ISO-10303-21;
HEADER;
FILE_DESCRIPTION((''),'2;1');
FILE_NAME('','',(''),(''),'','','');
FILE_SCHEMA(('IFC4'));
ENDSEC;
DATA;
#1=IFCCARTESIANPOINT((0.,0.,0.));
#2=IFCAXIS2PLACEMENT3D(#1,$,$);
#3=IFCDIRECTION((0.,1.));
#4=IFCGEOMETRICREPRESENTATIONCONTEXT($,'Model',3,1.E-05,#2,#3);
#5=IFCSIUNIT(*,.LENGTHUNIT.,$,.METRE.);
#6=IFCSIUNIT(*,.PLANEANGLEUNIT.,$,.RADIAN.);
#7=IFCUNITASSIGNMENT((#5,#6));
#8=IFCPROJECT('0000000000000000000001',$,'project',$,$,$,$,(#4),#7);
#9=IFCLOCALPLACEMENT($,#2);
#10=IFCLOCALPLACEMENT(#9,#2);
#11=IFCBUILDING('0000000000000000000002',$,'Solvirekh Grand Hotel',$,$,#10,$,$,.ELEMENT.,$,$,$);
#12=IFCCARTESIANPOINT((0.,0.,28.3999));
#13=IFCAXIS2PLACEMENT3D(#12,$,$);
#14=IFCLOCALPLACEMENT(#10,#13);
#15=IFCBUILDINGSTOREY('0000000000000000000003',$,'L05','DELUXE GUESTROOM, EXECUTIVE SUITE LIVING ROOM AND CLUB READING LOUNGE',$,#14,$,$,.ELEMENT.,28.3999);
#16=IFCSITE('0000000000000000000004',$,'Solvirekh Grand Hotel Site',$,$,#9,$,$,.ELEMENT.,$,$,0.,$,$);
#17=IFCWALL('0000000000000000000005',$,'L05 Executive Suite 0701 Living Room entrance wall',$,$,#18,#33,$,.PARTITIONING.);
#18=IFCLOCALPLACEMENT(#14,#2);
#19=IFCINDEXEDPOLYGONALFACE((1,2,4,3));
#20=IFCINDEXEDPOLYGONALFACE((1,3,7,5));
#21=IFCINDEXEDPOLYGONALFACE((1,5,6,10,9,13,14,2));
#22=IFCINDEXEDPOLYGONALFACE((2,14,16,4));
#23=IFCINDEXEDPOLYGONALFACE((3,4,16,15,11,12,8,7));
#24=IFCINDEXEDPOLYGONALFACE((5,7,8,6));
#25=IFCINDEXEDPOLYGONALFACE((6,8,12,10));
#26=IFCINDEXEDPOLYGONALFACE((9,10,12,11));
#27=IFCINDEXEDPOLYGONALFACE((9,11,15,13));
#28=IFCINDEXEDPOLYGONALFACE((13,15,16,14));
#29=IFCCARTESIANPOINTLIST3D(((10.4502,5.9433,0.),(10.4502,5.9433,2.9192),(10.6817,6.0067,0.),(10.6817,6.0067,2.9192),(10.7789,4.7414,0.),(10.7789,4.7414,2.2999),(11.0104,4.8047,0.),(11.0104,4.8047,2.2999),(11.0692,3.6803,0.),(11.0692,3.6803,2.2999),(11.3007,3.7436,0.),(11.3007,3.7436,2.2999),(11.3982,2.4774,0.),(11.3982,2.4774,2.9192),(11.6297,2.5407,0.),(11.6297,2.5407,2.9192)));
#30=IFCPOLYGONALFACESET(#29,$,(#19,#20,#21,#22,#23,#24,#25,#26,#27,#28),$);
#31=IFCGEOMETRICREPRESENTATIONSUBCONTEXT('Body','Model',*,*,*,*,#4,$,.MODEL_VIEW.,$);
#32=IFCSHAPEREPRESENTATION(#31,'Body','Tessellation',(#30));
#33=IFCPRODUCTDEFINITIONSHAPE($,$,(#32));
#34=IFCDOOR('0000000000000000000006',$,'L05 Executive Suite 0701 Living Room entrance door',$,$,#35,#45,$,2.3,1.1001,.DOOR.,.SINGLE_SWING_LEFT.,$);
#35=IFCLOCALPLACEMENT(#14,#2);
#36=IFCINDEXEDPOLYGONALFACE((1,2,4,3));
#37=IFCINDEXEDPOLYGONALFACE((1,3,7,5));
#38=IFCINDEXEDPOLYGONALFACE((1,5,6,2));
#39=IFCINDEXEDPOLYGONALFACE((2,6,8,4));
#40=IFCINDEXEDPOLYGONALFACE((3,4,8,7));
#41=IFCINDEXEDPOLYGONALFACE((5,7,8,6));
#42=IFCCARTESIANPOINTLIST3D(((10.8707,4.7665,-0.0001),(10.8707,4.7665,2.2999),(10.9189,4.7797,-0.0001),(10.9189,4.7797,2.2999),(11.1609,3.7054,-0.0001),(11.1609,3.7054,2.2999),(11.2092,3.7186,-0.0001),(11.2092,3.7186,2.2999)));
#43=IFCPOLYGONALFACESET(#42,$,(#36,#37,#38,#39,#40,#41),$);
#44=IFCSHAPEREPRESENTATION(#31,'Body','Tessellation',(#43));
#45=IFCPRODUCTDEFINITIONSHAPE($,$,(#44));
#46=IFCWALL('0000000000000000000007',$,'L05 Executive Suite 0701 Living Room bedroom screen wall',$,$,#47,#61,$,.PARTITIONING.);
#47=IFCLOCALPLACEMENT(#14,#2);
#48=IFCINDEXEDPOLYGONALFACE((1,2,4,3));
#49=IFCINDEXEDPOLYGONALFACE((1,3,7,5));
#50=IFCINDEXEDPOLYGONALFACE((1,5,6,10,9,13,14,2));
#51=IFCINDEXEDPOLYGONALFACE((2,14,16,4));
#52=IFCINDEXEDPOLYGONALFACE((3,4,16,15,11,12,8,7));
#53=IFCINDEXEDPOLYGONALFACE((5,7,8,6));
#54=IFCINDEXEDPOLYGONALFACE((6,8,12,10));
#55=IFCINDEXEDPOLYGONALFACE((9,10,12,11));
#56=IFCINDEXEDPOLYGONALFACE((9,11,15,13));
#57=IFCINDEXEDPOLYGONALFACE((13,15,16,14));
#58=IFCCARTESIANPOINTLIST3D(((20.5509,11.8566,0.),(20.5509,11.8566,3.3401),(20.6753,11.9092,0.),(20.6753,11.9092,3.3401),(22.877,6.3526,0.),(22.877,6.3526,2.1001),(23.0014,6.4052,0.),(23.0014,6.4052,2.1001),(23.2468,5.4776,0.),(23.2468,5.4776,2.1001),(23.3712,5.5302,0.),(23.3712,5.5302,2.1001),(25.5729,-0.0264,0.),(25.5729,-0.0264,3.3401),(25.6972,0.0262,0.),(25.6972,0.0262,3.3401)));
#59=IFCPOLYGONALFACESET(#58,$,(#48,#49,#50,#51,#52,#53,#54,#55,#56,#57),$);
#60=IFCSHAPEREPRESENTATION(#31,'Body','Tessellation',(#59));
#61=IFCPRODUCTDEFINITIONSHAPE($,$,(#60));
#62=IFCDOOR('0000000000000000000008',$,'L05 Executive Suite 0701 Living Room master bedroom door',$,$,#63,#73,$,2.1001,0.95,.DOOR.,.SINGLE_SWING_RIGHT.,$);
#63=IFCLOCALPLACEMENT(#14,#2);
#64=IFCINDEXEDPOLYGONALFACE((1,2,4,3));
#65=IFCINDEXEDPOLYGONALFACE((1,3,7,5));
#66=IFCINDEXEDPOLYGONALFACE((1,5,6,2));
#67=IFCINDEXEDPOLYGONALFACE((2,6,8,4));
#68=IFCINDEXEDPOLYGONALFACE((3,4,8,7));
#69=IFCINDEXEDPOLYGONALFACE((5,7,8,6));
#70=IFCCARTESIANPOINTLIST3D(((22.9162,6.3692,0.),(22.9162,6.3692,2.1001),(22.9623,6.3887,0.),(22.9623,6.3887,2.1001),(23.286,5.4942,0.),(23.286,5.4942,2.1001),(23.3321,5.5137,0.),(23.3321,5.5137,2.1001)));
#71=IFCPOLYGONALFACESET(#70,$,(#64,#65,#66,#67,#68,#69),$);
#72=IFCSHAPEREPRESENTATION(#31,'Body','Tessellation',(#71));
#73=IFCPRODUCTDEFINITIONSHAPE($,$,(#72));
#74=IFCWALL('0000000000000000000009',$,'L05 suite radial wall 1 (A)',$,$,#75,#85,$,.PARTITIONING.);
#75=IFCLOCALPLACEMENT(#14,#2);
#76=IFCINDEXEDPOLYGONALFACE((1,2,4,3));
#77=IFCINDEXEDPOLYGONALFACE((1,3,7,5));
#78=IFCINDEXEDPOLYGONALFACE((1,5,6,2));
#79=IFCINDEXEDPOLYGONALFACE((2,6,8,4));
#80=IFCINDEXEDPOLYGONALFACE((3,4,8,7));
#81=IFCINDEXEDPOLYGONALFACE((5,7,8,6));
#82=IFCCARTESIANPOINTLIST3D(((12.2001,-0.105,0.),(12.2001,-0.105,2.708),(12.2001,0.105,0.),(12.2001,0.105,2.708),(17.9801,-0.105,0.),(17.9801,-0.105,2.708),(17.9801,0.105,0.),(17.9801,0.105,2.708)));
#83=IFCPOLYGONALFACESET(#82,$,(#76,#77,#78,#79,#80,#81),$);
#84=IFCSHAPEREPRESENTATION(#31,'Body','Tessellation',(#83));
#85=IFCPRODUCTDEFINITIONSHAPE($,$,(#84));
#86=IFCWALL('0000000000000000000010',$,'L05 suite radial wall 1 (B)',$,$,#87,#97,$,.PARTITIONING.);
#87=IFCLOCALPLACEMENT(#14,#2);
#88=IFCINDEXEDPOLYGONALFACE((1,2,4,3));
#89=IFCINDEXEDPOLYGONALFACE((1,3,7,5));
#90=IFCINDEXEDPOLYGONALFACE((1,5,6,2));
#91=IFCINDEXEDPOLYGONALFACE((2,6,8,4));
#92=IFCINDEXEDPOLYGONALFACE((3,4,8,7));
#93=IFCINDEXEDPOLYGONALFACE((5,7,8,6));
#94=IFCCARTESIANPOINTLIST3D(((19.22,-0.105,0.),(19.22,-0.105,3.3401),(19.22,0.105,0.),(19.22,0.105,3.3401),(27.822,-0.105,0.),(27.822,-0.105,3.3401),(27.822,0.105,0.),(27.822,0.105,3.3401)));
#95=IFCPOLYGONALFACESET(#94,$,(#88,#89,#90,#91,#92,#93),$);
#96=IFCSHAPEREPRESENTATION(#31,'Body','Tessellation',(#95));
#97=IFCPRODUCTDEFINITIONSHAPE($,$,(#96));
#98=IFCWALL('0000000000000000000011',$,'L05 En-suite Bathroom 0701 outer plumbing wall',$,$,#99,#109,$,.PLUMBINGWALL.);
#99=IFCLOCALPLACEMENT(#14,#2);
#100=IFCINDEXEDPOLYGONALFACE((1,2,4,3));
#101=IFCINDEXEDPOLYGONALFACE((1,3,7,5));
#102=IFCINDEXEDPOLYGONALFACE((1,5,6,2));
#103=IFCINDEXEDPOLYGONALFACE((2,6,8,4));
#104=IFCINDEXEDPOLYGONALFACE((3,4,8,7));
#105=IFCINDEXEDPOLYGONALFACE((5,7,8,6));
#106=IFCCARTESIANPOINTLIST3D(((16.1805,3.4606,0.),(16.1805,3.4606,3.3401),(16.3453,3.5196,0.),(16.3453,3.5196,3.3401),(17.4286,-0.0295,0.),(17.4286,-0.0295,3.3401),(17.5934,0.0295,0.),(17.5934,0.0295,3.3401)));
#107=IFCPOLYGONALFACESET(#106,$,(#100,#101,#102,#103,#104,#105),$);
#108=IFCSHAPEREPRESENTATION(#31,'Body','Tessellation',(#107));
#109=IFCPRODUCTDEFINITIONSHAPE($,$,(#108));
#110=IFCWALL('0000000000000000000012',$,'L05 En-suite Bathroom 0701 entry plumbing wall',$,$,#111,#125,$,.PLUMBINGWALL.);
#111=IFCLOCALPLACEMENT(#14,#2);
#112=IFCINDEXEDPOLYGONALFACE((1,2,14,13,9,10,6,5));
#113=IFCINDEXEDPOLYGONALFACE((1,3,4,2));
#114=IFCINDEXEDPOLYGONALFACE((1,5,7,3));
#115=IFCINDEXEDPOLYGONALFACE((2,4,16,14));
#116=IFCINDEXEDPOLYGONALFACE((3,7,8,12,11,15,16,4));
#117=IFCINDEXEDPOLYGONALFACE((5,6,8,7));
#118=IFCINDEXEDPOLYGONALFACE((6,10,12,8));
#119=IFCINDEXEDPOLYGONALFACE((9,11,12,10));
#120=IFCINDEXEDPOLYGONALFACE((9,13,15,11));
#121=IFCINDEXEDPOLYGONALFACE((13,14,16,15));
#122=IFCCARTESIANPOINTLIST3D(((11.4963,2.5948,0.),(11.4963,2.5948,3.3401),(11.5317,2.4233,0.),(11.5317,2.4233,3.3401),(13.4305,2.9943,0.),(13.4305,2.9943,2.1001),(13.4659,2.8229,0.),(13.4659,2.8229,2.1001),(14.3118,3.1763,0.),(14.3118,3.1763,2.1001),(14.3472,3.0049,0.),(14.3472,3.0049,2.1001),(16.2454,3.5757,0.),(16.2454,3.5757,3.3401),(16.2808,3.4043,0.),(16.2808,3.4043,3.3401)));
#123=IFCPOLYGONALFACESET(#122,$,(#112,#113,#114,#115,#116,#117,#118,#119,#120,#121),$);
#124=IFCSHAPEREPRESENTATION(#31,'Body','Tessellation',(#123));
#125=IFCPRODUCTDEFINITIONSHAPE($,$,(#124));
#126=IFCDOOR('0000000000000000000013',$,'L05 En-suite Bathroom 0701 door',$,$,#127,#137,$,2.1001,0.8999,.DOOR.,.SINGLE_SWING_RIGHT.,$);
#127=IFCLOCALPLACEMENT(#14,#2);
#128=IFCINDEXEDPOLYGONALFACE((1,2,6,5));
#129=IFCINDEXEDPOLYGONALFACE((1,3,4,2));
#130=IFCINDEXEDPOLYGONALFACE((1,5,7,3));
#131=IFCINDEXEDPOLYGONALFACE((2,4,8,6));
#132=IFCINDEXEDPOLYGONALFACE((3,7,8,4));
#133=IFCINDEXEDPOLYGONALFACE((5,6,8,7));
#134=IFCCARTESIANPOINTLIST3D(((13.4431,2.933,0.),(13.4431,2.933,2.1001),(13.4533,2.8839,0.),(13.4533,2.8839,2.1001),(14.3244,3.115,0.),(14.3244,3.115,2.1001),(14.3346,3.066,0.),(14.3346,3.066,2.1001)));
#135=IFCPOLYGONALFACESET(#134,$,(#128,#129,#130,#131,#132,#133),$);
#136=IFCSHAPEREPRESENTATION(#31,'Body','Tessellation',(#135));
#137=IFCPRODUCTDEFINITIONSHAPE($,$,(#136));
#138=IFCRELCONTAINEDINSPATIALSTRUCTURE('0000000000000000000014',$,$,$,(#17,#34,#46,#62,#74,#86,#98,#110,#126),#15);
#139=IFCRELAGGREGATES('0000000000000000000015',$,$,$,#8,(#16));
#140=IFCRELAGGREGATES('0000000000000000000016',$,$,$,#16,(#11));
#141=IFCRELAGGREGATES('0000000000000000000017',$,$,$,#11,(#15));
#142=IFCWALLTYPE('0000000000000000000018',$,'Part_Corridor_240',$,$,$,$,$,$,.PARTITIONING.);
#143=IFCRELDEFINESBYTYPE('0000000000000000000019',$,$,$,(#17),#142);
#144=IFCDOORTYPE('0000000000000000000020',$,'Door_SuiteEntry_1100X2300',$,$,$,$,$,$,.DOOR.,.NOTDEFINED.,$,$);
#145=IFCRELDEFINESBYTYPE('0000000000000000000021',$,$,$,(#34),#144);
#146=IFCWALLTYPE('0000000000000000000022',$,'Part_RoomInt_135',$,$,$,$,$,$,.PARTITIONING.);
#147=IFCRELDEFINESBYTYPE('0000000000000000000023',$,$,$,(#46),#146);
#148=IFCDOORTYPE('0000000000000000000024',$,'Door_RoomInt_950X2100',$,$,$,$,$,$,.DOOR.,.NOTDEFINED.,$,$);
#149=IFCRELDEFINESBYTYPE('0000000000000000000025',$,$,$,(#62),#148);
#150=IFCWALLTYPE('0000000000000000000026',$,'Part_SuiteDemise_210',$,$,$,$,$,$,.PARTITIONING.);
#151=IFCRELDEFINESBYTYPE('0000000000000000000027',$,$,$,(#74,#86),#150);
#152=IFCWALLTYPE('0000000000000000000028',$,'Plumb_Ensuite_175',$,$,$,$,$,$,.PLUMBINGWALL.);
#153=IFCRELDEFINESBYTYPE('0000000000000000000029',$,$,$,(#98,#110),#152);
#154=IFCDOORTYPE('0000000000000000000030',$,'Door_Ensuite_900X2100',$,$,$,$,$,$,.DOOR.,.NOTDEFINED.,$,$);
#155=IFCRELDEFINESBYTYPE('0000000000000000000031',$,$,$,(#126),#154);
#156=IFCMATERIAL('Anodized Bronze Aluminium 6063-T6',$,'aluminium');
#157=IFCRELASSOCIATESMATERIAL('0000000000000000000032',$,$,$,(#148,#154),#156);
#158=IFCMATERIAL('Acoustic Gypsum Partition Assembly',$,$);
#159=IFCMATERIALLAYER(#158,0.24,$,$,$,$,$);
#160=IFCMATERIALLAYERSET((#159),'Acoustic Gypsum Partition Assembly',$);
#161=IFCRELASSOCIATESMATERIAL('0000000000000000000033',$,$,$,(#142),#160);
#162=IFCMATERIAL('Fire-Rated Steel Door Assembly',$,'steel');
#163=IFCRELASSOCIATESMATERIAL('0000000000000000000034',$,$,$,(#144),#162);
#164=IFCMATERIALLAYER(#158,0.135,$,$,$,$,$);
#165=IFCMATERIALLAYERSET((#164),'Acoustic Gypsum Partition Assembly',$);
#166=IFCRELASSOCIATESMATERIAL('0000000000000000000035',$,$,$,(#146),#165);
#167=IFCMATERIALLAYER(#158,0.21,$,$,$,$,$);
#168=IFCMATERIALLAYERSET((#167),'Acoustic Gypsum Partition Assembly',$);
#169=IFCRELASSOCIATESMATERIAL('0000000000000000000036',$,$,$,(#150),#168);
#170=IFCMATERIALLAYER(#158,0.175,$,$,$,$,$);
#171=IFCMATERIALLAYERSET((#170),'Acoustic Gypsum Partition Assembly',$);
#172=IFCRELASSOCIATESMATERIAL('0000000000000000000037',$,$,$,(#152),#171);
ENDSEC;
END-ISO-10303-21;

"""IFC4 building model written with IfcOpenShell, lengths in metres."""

from ifc_helpers import new_model, si_unit, direction, frame, frame_2d, origin, place, context, subcontext, project, spatial, rectangle, extrude, material, layer, layer_set, type_object, element, fill, save


model = new_model("IFC4")

# Units and contexts
model_context = context("Model", 3, precision=1e-05, world=origin(), true_north=direction((0.0, 1.0)))
body_context = subcontext(model_context, "Body", "Model", "MODEL_VIEW")
ifc_project = project(units=[si_unit("LENGTHUNIT", "METRE"), si_unit("PLANEANGLEUNIT", "RADIAN")], contexts=[model_context])

# Site, building, storey
site_placement = place(None, origin())
site = spatial("IfcSite", under=ifc_project, at=site_placement, Name="Solvirekh Grand Hotel Site", CompositionType="ELEMENT", RefElevation=0.0)
building_placement = place(site_placement, origin())
building = spatial("IfcBuilding", under=site, at=building_placement, Name="Solvirekh Grand Hotel", CompositionType="ELEMENT")
storey_placement = place(building_placement, frame((0.0, 0.0, 28.3999)))
storey = spatial("IfcBuildingStorey", under=building, at=storey_placement, Name="L05", Description="DELUXE GUESTROOM, EXECUTIVE SUITE LIVING ROOM AND CLUB READING LOUNGE", CompositionType="ELEMENT", Elevation=28.3999)

# Shared definitions
ifc_material_1 = material(Name="Anodized Bronze Aluminium 6063-T6", Category="aluminium")

# Shared definitions
ifc_material_2 = material(Name="Acoustic Gypsum Partition Assembly")
door_type_1 = type_object("IfcDoorType", Name="Door_RoomInt_950X2100", OperationType="NOTDEFINED", PredefinedType="DOOR", material=ifc_material_1)

# Shared definitions
ifc_layer_1 = layer(ifc_material_2, 0.24)
ifc_layer_set_1 = layer_set([ifc_layer_1], Name="Acoustic Gypsum Partition Assembly")
wall_type_1 = type_object("IfcWallType", Name="Part_Corridor_240", PredefinedType="PARTITIONING", material=ifc_layer_set_1)

# Walls, openings, doors
wall_1_placement = place(storey_placement, frame((11.5139, 2.509, 0.0), z_axis=(0.0, 0.0, 1.0), x_axis=(-0.263819, 0.964572, 0.0)))
wall_1 = element("IfcWall", 1, at=wall_1_placement, inside=storey, type_object=wall_type_1, Name="L05 Executive Suite 0701 Living Room entrance wall", PredefinedType="PARTITIONING", context=body_context, shape_type="SweptSolid", body=[
    extrude(rectangle(XDim=3.5933, YDim=0.24, at=frame_2d((1.7966, 0.0))), origin(), (0.0, 0.0, 1.0), 2.9192),
])
opening_1_placement = place(wall_1_placement, frame((1.2471, 0.0, 0.0)))
opening_1 = element("IfcOpeningElement", 2, at=opening_1_placement, cuts=wall_1, PredefinedType="OPENING", context=body_context, shape_type="SweptSolid", body=[
    extrude(rectangle(XDim=1.1001, YDim=2.3, at=frame_2d((0.55, 1.1499))), frame((0.0, 0.1299, 0.0), z_axis=(0.0, -1.0, 0.0), x_axis=(1.0, 0.0, 0.0)), (0.0, 0.0, 1.0), 0.26),
])
ifc_material_3 = material(Name="Fire-Rated Steel Door Assembly", Category="steel")
door_type_2 = type_object("IfcDoorType", Name="Door_SuiteEntry_1100X2300", OperationType="NOTDEFINED", PredefinedType="DOOR", material=ifc_material_3)
door_1_placement = place(opening_1_placement, origin())
door_1 = element("IfcDoor", 3, at=door_1_placement, inside=storey, type_object=door_type_2, Name="L05 Executive Suite 0701 Living Room entrance door", OperationType="SINGLE_SWING_LEFT", OverallHeight=2.3, OverallWidth=1.1001, PredefinedType="DOOR", context=body_context, shape_type="SweptSolid", body=[
    extrude(rectangle(XDim=1.1001, YDim=2.3, at=frame_2d((0.55, 1.1499))), frame((0.0, 0.0249, 0.0), z_axis=(0.0, -1.0, 0.0), x_axis=(1.0, 0.0, 0.0)), (0.0, 0.0, 1.0), 0.05),
])
fill(opening_1, door_1)
ifc_layer_2 = layer(ifc_material_2, 0.135)
ifc_layer_set_2 = layer_set([ifc_layer_2], Name="Acoustic Gypsum Partition Assembly")
wall_type_2 = type_object("IfcWallType", Name="Part_RoomInt_135", PredefinedType="PARTITIONING", material=ifc_layer_set_2)
wall_2_placement = place(storey_placement, frame((25.635, 0.0, 0.0), z_axis=(0.0, 0.0, 1.0), x_axis=(-0.38928, 0.921119, 0.0)))
wall_2 = element("IfcWall", 4, at=wall_2_placement, inside=storey, type_object=wall_type_2, Name="L05 Executive Suite 0701 Living Room bedroom screen wall", PredefinedType="PARTITIONING", context=body_context, shape_type="SweptSolid", body=[
    extrude(rectangle(XDim=12.9006, YDim=0.135, at=frame_2d((6.4502, 0.0))), origin(), (0.0, 0.0, 1.0), 3.3401),
])
opening_2_placement = place(wall_2_placement, frame((5.9751, 0.0, 0.0)))
opening_2 = element("IfcOpeningElement", 5, at=opening_2_placement, cuts=wall_2, PredefinedType="OPENING", context=body_context, shape_type="SweptSolid", body=[
    extrude(rectangle(XDim=0.95, YDim=2.1001, at=frame_2d((0.4751, 1.05))), frame((0.0, 0.0776, 0.0), z_axis=(0.0, -1.0, 0.0), x_axis=(1.0, 0.0, 0.0)), (0.0, 0.0, 1.0), 0.155),
])
door_2_placement = place(opening_2_placement, origin())
door_2 = element("IfcDoor", 6, at=door_2_placement, inside=storey, type_object=door_type_1, Name="L05 Executive Suite 0701 Living Room master bedroom door", OperationType="SINGLE_SWING_RIGHT", OverallHeight=2.1001, OverallWidth=0.95, PredefinedType="DOOR", context=body_context, shape_type="SweptSolid", body=[
    extrude(rectangle(XDim=0.95, YDim=2.1001, at=frame_2d((0.4751, 1.05))), frame((0.0, 0.0249, 0.0), z_axis=(0.0, -1.0, 0.0), x_axis=(1.0, 0.0, 0.0)), (0.0, 0.0, 1.0), 0.05),
])
fill(opening_2, door_2)

# Walls
ifc_layer_3 = layer(ifc_material_2, 0.21)
ifc_layer_set_3 = layer_set([ifc_layer_3], Name="Acoustic Gypsum Partition Assembly")
wall_type_3 = type_object("IfcWallType", Name="Part_SuiteDemise_210", PredefinedType="PARTITIONING", material=ifc_layer_set_3)
wall_3_placement = place(storey_placement, frame((12.2, 0.0, 0.0), z_axis=(0.0, 0.0, 1.0), x_axis=(1.0, 0.0, 0.0)))
element("IfcWall", 7, at=wall_3_placement, inside=storey, type_object=wall_type_3, Name="L05 suite radial wall 1 (A)", PredefinedType="PARTITIONING", context=body_context, shape_type="SweptSolid", body=[
    extrude(rectangle(XDim=5.78, YDim=0.21, at=frame_2d((2.8901, 0.0))), origin(), (0.0, 0.0, 1.0), 2.708),
])
wall_4_placement = place(storey_placement, frame((19.22, 0.0, 0.0), z_axis=(0.0, 0.0, 1.0), x_axis=(1.0, 0.0, 0.0)))
element("IfcWall", 8, at=wall_4_placement, inside=storey, type_object=wall_type_3, Name="L05 suite radial wall 1 (B)", PredefinedType="PARTITIONING", context=body_context, shape_type="SweptSolid", body=[
    extrude(rectangle(XDim=8.6021, YDim=0.21, at=frame_2d((4.301, 0.0))), origin(), (0.0, 0.0, 1.0), 3.3401),
])
ifc_layer_4 = layer(ifc_material_2, 0.175)
ifc_layer_set_4 = layer_set([ifc_layer_4], Name="Acoustic Gypsum Partition Assembly")
wall_type_4 = type_object("IfcWallType", Name="Plumb_Ensuite_175", PredefinedType="PLUMBINGWALL", material=ifc_layer_set_4)
wall_5_placement = place(storey_placement, frame((17.511, 0.0, 0.0), z_axis=(0.0, 0.0, 1.0), x_axis=(-0.336724, 0.941603, 0.0)))
element("IfcWall", 9, at=wall_5_placement, inside=storey, type_object=wall_type_4, Name="L05 En-suite Bathroom 0701 outer plumbing wall", PredefinedType="PLUMBINGWALL", context=body_context, shape_type="SweptSolid", body=[
    extrude(rectangle(XDim=3.7065, YDim=0.175, at=frame_2d((1.8533, 0.0))), origin(), (0.0, 0.0, 1.0), 3.3401),
])

# Wall, opening, door
wall_6_placement = place(storey_placement, frame((11.5139, 2.509, 0.0), z_axis=(0.0, 0.0, 1.0), x_axis=(0.979326, 0.202289, 0.0)))
wall_6 = element("IfcWall", 10, at=wall_6_placement, inside=storey, type_object=wall_type_4, Name="L05 En-suite Bathroom 0701 entry plumbing wall", PredefinedType="PLUMBINGWALL", context=body_context, shape_type="SweptSolid", body=[
    extrude(rectangle(XDim=4.8494, YDim=0.175, at=frame_2d((2.4248, 0.0))), origin(), (0.0, 0.0, 1.0), 3.3401),
])
opening_3_placement = place(wall_6_placement, frame((1.9751, 0.0, 0.0)))
opening_3 = element("IfcOpeningElement", 11, at=opening_3_placement, cuts=wall_6, PredefinedType="OPENING", context=body_context, shape_type="SweptSolid", body=[
    extrude(rectangle(XDim=0.8999, YDim=2.1001, at=frame_2d((0.45, 1.05))), frame((0.0, 0.0977, 0.0), z_axis=(0.0, -1.0, 0.0), x_axis=(1.0, 0.0, 0.0)), (0.0, 0.0, 1.0), 0.1951),
])
door_type_3 = type_object("IfcDoorType", Name="Door_Ensuite_900X2100", OperationType="NOTDEFINED", PredefinedType="DOOR", material=ifc_material_1)
door_3_placement = place(opening_3_placement, origin())
door_3 = element("IfcDoor", 12, at=door_3_placement, inside=storey, type_object=door_type_3, Name="L05 En-suite Bathroom 0701 door", OperationType="SINGLE_SWING_RIGHT", OverallHeight=2.1001, OverallWidth=0.8999, PredefinedType="DOOR", context=body_context, shape_type="SweptSolid", body=[
    extrude(rectangle(XDim=0.8999, YDim=2.1001, at=frame_2d((0.45, 1.05))), frame((0.0, 0.0249, 0.0), z_axis=(0.0, -1.0, 0.0), x_axis=(1.0, 0.0, 0.0)), (0.0, 0.0, 1.0), 0.05),
])
fill(opening_3, door_3)

save(model, "model.ifc")
